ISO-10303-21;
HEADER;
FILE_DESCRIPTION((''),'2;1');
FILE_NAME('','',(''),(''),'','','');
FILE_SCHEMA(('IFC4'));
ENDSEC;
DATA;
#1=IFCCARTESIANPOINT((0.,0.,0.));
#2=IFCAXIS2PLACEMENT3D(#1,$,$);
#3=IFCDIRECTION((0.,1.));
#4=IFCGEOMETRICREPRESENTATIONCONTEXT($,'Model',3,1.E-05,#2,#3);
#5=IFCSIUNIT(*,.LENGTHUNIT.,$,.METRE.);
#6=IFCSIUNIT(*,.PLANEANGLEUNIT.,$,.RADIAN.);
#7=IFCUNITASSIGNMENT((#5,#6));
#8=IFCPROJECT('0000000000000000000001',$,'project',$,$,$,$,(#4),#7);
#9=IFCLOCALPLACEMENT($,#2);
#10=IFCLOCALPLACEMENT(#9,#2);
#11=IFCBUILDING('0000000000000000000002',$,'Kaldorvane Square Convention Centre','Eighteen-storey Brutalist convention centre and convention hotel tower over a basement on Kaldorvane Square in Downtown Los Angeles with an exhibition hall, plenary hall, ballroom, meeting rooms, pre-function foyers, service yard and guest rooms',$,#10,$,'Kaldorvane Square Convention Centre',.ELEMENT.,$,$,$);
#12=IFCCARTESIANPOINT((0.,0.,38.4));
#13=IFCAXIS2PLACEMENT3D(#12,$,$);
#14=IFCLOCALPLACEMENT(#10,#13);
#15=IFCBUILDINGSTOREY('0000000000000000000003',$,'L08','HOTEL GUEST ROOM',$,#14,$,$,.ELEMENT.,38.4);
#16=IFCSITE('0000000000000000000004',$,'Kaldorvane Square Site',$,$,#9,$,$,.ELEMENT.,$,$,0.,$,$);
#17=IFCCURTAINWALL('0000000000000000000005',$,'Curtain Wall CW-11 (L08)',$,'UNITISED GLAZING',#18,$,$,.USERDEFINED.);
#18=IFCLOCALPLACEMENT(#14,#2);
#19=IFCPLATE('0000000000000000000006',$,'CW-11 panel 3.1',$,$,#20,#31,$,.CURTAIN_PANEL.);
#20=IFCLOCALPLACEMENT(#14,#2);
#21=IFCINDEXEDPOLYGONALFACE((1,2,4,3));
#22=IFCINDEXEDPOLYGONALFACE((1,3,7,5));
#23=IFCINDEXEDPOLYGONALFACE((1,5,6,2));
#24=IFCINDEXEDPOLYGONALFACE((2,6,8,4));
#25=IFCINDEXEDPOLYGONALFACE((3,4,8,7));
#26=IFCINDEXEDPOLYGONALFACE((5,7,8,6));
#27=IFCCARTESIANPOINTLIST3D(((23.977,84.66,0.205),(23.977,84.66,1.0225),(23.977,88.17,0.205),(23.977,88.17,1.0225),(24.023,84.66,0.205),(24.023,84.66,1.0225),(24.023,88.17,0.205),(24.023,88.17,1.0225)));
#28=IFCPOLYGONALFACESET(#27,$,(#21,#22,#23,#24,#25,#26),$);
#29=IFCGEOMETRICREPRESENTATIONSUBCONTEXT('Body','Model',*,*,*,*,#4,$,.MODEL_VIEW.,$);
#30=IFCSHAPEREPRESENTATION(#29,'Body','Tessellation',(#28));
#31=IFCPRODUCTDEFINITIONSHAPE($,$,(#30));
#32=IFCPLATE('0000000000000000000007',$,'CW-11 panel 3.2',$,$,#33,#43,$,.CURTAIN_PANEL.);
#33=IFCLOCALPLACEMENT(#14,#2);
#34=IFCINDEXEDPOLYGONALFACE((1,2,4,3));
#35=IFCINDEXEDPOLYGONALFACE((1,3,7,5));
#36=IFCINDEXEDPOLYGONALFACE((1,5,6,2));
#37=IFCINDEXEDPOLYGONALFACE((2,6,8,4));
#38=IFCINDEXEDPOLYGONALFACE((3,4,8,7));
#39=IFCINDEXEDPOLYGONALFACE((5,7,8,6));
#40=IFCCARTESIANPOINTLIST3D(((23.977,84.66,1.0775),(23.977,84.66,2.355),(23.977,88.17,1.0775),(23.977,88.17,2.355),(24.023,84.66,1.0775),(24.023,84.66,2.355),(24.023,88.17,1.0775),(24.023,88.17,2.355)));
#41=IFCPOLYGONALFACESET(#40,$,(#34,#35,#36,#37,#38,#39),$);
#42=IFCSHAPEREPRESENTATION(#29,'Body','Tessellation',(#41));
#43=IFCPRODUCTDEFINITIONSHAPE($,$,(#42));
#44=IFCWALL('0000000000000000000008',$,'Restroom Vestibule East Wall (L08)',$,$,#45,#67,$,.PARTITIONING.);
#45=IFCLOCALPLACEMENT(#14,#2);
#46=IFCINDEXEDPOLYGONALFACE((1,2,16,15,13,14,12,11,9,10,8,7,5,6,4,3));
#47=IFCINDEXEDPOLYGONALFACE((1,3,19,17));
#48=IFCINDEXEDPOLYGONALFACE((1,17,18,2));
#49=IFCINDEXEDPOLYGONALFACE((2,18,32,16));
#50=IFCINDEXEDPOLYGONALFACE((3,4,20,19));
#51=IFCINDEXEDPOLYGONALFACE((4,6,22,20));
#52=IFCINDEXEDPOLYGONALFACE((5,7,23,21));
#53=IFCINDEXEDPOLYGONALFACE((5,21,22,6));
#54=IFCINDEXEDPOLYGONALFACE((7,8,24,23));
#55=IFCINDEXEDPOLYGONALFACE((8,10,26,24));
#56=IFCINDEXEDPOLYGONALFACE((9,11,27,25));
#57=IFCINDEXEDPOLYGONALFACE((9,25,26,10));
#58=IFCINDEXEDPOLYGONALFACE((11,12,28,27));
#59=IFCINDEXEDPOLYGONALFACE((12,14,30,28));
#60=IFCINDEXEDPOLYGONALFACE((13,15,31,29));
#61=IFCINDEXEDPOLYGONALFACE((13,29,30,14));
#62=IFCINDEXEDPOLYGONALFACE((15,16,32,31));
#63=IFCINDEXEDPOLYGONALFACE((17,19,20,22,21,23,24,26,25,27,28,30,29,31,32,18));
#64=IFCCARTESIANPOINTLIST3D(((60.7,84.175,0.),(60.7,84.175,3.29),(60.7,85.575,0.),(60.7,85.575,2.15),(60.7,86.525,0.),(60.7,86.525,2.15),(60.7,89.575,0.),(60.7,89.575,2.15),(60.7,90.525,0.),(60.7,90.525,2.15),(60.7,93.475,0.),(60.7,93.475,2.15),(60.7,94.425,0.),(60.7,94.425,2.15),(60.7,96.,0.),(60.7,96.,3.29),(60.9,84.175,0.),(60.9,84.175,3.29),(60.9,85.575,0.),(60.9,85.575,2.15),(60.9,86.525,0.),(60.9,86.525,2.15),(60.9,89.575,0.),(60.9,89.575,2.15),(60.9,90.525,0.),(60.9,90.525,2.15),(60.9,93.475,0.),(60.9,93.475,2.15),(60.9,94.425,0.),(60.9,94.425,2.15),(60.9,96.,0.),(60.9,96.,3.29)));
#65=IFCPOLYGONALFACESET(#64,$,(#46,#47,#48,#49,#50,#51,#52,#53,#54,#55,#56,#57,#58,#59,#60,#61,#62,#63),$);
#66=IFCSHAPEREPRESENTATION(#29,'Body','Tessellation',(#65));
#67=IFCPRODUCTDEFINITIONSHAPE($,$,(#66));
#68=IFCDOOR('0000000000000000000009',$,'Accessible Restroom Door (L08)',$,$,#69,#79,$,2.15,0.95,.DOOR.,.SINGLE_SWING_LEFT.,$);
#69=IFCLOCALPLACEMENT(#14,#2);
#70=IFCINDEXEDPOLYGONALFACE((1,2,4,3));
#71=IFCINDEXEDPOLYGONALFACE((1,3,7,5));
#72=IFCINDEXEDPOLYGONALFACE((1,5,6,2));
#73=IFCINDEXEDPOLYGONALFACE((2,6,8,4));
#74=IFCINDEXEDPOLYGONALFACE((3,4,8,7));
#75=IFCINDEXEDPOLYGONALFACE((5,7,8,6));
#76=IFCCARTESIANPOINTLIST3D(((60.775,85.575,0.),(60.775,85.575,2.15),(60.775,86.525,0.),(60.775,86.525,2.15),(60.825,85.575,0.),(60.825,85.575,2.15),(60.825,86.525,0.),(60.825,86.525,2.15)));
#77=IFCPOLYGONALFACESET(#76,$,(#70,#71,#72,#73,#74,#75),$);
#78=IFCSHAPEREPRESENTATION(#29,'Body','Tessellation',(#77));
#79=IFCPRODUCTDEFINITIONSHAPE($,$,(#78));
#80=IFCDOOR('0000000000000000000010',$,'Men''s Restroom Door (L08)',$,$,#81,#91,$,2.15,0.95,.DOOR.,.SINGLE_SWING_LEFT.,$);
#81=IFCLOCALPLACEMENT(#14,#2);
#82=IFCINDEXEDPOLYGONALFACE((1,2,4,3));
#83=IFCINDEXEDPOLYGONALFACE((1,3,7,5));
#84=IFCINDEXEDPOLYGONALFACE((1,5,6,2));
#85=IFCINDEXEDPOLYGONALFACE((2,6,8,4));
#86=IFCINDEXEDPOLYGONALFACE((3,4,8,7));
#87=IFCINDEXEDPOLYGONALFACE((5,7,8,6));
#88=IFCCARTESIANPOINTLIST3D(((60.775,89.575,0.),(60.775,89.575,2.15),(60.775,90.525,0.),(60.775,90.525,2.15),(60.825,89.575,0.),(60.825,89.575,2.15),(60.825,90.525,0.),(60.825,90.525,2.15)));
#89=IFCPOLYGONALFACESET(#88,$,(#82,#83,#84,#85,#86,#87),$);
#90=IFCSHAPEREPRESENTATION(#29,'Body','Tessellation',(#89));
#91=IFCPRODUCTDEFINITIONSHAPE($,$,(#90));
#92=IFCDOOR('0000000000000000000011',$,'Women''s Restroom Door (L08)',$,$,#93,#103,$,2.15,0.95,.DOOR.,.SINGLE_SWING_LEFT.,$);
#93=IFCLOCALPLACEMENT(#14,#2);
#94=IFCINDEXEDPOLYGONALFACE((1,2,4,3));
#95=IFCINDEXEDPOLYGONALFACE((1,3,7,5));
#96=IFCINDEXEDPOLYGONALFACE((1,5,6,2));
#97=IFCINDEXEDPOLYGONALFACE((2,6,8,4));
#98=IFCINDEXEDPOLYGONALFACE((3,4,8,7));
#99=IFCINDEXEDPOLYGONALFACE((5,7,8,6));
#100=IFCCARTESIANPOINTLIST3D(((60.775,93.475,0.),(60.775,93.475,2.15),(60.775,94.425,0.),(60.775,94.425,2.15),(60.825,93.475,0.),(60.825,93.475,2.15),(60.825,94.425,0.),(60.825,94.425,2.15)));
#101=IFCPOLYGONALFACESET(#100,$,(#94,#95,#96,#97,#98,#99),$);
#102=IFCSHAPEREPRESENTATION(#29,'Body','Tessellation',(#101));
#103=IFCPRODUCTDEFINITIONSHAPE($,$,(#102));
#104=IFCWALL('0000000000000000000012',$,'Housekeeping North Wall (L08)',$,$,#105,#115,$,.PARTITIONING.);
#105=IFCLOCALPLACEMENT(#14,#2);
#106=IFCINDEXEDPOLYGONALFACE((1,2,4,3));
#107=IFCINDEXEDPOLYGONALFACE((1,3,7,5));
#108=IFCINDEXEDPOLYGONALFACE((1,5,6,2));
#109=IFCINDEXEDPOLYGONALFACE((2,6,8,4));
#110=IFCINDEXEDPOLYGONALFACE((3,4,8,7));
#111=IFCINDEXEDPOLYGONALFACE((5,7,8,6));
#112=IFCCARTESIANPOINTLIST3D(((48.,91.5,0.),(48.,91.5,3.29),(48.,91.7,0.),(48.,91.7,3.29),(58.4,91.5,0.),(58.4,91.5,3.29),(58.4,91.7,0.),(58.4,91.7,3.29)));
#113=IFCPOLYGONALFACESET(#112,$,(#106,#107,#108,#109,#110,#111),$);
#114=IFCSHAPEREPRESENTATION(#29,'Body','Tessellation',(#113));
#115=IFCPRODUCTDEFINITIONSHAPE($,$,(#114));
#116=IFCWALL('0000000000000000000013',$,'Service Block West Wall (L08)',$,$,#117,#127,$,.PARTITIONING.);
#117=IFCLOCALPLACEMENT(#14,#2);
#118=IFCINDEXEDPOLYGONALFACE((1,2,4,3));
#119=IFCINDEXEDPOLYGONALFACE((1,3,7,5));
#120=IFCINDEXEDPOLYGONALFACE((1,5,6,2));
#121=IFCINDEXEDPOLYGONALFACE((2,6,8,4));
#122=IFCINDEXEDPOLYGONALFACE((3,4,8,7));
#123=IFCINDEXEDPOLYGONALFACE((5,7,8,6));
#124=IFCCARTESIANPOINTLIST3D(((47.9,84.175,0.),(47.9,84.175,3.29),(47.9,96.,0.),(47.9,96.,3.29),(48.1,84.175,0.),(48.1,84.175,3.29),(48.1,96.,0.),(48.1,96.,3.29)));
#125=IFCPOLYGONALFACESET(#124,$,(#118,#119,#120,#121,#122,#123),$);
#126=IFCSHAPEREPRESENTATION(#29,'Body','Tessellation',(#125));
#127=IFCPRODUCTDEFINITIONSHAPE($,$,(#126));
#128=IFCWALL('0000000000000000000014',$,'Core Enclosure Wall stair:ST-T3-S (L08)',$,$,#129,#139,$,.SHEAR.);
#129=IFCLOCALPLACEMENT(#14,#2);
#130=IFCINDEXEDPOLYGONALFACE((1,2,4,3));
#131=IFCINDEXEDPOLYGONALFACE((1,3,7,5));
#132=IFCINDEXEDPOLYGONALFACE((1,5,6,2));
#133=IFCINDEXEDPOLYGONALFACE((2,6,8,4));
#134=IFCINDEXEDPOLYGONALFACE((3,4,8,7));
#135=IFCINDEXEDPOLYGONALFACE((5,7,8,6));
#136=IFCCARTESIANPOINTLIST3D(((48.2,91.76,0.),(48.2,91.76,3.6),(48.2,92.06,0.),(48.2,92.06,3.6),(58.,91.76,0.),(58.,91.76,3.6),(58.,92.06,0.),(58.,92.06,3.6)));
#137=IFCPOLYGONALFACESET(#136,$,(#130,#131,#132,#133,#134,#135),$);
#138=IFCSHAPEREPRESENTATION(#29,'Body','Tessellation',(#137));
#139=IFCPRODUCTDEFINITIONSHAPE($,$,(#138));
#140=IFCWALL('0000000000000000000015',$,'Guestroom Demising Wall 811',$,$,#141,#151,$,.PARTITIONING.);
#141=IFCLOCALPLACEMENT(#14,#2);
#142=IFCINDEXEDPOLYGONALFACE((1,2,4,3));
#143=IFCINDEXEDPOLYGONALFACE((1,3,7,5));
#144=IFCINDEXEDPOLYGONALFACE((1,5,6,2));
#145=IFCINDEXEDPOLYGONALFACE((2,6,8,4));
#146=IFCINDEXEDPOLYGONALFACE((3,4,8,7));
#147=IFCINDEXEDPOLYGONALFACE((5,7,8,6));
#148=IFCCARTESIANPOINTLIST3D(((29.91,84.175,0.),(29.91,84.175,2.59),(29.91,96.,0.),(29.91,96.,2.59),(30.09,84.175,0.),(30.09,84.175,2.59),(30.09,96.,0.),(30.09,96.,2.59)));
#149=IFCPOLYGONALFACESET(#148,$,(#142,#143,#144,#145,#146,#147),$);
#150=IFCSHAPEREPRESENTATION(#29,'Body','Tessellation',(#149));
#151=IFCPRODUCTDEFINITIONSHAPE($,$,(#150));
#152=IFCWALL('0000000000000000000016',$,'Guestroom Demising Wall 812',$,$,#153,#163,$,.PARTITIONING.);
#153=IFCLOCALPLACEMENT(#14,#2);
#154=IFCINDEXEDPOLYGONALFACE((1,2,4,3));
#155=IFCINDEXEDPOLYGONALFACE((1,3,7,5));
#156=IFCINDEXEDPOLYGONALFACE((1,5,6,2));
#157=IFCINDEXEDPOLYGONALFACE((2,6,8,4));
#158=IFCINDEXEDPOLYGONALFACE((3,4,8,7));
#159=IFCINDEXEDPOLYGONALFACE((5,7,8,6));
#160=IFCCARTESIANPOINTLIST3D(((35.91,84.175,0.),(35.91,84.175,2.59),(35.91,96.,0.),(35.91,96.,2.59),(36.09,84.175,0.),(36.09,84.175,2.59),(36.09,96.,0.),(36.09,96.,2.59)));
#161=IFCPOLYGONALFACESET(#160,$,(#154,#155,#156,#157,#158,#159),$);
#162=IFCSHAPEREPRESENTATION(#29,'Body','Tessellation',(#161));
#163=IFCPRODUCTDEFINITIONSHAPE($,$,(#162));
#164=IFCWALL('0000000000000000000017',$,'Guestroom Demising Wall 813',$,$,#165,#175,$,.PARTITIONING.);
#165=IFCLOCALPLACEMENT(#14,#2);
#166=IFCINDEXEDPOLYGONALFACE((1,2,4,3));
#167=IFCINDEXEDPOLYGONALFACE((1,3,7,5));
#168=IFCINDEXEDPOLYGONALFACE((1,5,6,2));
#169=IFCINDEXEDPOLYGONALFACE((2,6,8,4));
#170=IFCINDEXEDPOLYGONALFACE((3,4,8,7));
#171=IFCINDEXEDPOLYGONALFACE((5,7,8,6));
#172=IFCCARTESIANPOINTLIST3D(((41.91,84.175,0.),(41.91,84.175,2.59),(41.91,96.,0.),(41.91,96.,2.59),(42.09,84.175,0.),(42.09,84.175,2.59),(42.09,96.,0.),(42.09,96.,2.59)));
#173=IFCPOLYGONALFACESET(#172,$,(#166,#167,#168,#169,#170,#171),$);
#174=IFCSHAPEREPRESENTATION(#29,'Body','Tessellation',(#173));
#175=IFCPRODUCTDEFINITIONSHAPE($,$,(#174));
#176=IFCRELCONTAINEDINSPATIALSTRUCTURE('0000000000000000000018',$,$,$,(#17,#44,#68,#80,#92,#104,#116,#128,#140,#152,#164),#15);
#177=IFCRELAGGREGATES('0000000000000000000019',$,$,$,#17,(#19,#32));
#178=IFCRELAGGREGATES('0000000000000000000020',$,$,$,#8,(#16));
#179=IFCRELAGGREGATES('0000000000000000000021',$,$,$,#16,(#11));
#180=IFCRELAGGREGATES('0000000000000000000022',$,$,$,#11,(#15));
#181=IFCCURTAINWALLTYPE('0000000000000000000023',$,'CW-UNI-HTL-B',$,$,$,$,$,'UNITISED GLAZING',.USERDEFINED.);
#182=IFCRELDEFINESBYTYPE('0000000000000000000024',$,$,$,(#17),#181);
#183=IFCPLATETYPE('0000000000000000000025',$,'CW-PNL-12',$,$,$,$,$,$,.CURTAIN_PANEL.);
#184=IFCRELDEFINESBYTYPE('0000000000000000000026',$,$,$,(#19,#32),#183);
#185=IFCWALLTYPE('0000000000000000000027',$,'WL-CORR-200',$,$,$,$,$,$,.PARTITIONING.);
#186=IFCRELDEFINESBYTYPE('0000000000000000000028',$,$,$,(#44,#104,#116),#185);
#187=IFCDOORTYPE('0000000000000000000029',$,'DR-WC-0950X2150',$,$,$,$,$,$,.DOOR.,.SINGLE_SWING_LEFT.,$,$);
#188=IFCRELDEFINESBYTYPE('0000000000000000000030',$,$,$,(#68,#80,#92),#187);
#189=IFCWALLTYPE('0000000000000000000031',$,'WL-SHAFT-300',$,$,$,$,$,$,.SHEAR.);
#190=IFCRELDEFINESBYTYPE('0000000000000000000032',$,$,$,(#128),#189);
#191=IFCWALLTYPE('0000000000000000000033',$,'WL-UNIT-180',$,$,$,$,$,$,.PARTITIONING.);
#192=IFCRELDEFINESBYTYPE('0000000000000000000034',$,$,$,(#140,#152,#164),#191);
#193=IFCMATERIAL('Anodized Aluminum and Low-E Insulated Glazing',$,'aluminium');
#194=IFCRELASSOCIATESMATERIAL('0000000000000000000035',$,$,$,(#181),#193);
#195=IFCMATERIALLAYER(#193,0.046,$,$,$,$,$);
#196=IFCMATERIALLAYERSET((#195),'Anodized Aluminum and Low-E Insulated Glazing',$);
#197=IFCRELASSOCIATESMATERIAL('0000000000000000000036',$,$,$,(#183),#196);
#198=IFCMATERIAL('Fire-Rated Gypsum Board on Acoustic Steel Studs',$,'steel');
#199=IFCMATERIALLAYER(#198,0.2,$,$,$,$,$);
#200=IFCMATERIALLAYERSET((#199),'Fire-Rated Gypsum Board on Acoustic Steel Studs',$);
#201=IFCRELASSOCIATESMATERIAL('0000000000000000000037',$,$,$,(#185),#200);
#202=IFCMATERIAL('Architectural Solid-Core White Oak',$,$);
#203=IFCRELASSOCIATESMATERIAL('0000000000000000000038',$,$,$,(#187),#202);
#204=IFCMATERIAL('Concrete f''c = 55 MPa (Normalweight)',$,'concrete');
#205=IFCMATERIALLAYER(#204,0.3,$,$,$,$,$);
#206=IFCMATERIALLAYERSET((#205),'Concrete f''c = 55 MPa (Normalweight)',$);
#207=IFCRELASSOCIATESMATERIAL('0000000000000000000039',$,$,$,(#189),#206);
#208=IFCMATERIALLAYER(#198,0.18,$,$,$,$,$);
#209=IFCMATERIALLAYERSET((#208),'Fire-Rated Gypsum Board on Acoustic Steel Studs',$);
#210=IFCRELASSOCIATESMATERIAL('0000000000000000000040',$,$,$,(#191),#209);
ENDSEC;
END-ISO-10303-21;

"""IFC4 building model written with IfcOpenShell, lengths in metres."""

from ifc_helpers import new_model, si_unit, direction, frame, frame_2d, origin, origin_2d, place, context, subcontext, project, spatial, rectangle, extrude, material, layer, layer_set, type_object, element, fill, aggregate, save


model = new_model("IFC4")

# Units and contexts
model_context = context("Model", 3, precision=1e-05, world=origin(), true_north=direction((0.0, 1.0)))
body_context = subcontext(model_context, "Body", "Model", "MODEL_VIEW")
ifc_project = project(units=[si_unit("LENGTHUNIT", "METRE"), si_unit("PLANEANGLEUNIT", "RADIAN")], contexts=[model_context])

# Site, building, storey
site_placement = place(None, origin())
site = spatial("IfcSite", under=ifc_project, at=site_placement, Name="Kaldorvane Square Site", CompositionType="ELEMENT", RefElevation=0.0)
building_placement = place(site_placement, origin())
building = spatial("IfcBuilding", under=site, at=building_placement, Name="Kaldorvane Square Convention Centre", Description="Eighteen-storey Brutalist convention centre and convention hotel tower over a basement on Kaldorvane Square in Downtown Los Angeles with an exhibition hall, plenary hall, ballroom, meeting rooms, pre-function foyers, service yard and guest rooms", LongName="Kaldorvane Square Convention Centre", CompositionType="ELEMENT")
storey_placement = place(building_placement, frame((0.0, 0.0, 38.4)))
storey = spatial("IfcBuildingStorey", under=building, at=storey_placement, Name="L08", Description="HOTEL GUEST ROOM", CompositionType="ELEMENT", Elevation=38.4)

# Curtain wall, plates
ifc_material_1 = material(Name="Anodized Aluminum and Low-E Insulated Glazing", Category="aluminium")
curtain_wall_type = type_object("IfcCurtainWallType", Name="CW-UNI-HTL-B", ElementType="UNITISED GLAZING", PredefinedType="USERDEFINED", material=ifc_material_1)
curtain_wall_placement = place(storey_placement, origin())
curtain_wall = element("IfcCurtainWall", 1, at=curtain_wall_placement, inside=storey, type_object=curtain_wall_type, Name="Curtain Wall CW-11 (L08)", ObjectType="UNITISED GLAZING", PredefinedType="USERDEFINED")
ifc_layer_1 = layer(ifc_material_1, 0.046)
ifc_layer_set_1 = layer_set([ifc_layer_1], Name="Anodized Aluminum and Low-E Insulated Glazing")
plate_type = type_object("IfcPlateType", Name="CW-PNL-12", PredefinedType="CURTAIN_PANEL", material=ifc_layer_set_1)
plate_1_placement = place(storey_placement, frame((24.0, 86.415, 0.205), z_axis=(0.0, 0.0, 1.0), x_axis=(0.0, -1.0, 0.0)))
plate_1 = element("IfcPlate", 2, at=plate_1_placement, type_object=plate_type, Name="CW-11 panel 3.1", PredefinedType="CURTAIN_PANEL", context=body_context, shape_type="SweptSolid", body=[
    extrude(rectangle(XDim=3.51, YDim=0.046, at=origin_2d()), origin(), (0.0, 0.0, 1.0), 0.8175),
])
plate_2_placement = place(storey_placement, frame((24.0, 86.415, 1.0775), z_axis=(0.0, 0.0, 1.0), x_axis=(0.0, -1.0, 0.0)))
plate_2 = element("IfcPlate", 3, at=plate_2_placement, type_object=plate_type, Name="CW-11 panel 3.2", PredefinedType="CURTAIN_PANEL", context=body_context, shape_type="SweptSolid", body=[
    extrude(rectangle(XDim=3.51, YDim=0.046, at=origin_2d()), origin(), (0.0, 0.0, 1.0), 1.2775),
])
aggregate(curtain_wall, [plate_1, plate_2])

# Wall, openings, doors
ifc_material_2 = material(Name="Fire-Rated Gypsum Board on Acoustic Steel Studs", Category="steel")
ifc_layer_2 = layer(ifc_material_2, 0.2)
ifc_layer_set_2 = layer_set([ifc_layer_2], Name="Fire-Rated Gypsum Board on Acoustic Steel Studs")
wall_type_1 = type_object("IfcWallType", Name="WL-CORR-200", PredefinedType="PARTITIONING", material=ifc_layer_set_2)
wall_1_placement = place(storey_placement, frame((60.8, 84.175, 0.0), z_axis=(0.0, 0.0, 1.0), x_axis=(0.0, 1.0, 0.0)))
wall_1 = element("IfcWall", 4, at=wall_1_placement, inside=storey, type_object=wall_type_1, Name="Restroom Vestibule East Wall (L08)", PredefinedType="PARTITIONING", context=body_context, shape_type="SweptSolid", body=[
    extrude(rectangle(XDim=11.825, YDim=0.2, at=frame_2d((5.9125, 0.0))), origin(), (0.0, 0.0, 1.0), 3.29),
])
opening_1_placement = place(wall_1_placement, frame((1.4, 0.0, 0.0)))
opening_1 = element("IfcOpeningElement", 5, at=opening_1_placement, cuts=wall_1, PredefinedType="OPENING", context=body_context, shape_type="SweptSolid", body=[
    extrude(rectangle(XDim=0.95, YDim=2.15, at=frame_2d((0.475, 1.075))), frame((0.0, 0.115, 0.0), z_axis=(0.0, -1.0, 0.0), x_axis=(1.0, 0.0, 0.0)), (0.0, 0.0, 1.0), 0.23),
])
opening_2_placement = place(wall_1_placement, frame((5.4, 0.0, 0.0)))
opening_2 = element("IfcOpeningElement", 6, at=opening_2_placement, cuts=wall_1, PredefinedType="OPENING", context=body_context, shape_type="SweptSolid", body=[
    extrude(rectangle(XDim=0.95, YDim=2.15, at=frame_2d((0.475, 1.075))), frame((0.0, 0.115, 0.0), z_axis=(0.0, -1.0, 0.0), x_axis=(1.0, 0.0, 0.0)), (0.0, 0.0, 1.0), 0.23),
])
opening_3_placement = place(wall_1_placement, frame((9.3, 0.0, 0.0)))
opening_3 = element("IfcOpeningElement", 7, at=opening_3_placement, cuts=wall_1, PredefinedType="OPENING", context=body_context, shape_type="SweptSolid", body=[
    extrude(rectangle(XDim=0.95, YDim=2.15, at=frame_2d((0.475, 1.075))), frame((0.0, 0.115, 0.0), z_axis=(0.0, -1.0, 0.0), x_axis=(1.0, 0.0, 0.0)), (0.0, 0.0, 1.0), 0.23),
])
ifc_material_3 = material(Name="Architectural Solid-Core White Oak")
door_type = type_object("IfcDoorType", Name="DR-WC-0950X2150", OperationType="SINGLE_SWING_LEFT", PredefinedType="DOOR", material=ifc_material_3)
door_1_placement = place(opening_1_placement, origin())
door_1 = element("IfcDoor", 8, at=door_1_placement, inside=storey, type_object=door_type, Name="Accessible Restroom Door (L08)", OperationType="SINGLE_SWING_LEFT", OverallHeight=2.15, OverallWidth=0.95, PredefinedType="DOOR", context=body_context, shape_type="SweptSolid", body=[
    extrude(rectangle(XDim=0.95, YDim=2.15, at=frame_2d((0.475, 1.075))), frame((0.0, 0.025, 0.0), z_axis=(0.0, -1.0, 0.0), x_axis=(1.0, 0.0, 0.0)), (0.0, 0.0, 1.0), 0.05),
])
fill(opening_1, door_1)
door_2_placement = place(opening_2_placement, origin())
door_2 = element("IfcDoor", 9, at=door_2_placement, inside=storey, type_object=door_type, Name="Men's Restroom Door (L08)", OperationType="SINGLE_SWING_LEFT", OverallHeight=2.15, OverallWidth=0.95, PredefinedType="DOOR", context=body_context, shape_type="SweptSolid", body=[
    extrude(rectangle(XDim=0.95, YDim=2.15, at=frame_2d((0.475, 1.075))), frame((0.0, 0.025, 0.0), z_axis=(0.0, -1.0, 0.0), x_axis=(1.0, 0.0, 0.0)), (0.0, 0.0, 1.0), 0.05),
])
fill(opening_2, door_2)
door_3_placement = place(opening_3_placement, origin())
door_3 = element("IfcDoor", 10, at=door_3_placement, inside=storey, type_object=door_type, Name="Women's Restroom Door (L08)", OperationType="SINGLE_SWING_LEFT", OverallHeight=2.15, OverallWidth=0.95, PredefinedType="DOOR", context=body_context, shape_type="SweptSolid", body=[
    extrude(rectangle(XDim=0.95, YDim=2.15, at=frame_2d((0.475, 1.075))), frame((0.0, 0.025, 0.0), z_axis=(0.0, -1.0, 0.0), x_axis=(1.0, 0.0, 0.0)), (0.0, 0.0, 1.0), 0.05),
])
fill(opening_3, door_3)

# Walls
wall_2_placement = place(storey_placement, frame((48.0, 91.6, 0.0), z_axis=(0.0, 0.0, 1.0), x_axis=(1.0, 0.0, 0.0)))
element("IfcWall", 11, at=wall_2_placement, inside=storey, type_object=wall_type_1, Name="Housekeeping North Wall (L08)", PredefinedType="PARTITIONING", context=body_context, shape_type="SweptSolid", body=[
    extrude(rectangle(XDim=10.4, YDim=0.2, at=frame_2d((5.2, 0.0))), origin(), (0.0, 0.0, 1.0), 3.29),
])
wall_3_placement = place(storey_placement, frame((48.0, 84.175, 0.0), z_axis=(0.0, 0.0, 1.0), x_axis=(0.0, 1.0, 0.0)))
element("IfcWall", 12, at=wall_3_placement, inside=storey, type_object=wall_type_1, Name="Service Block West Wall (L08)", PredefinedType="PARTITIONING", context=body_context, shape_type="SweptSolid", body=[
    extrude(rectangle(XDim=11.825, YDim=0.2, at=frame_2d((5.9125, 0.0))), origin(), (0.0, 0.0, 1.0), 3.29),
])
ifc_material_4 = material(Name="Concrete f'c = 55 MPa (Normalweight)", Category="concrete")
ifc_layer_3 = layer(ifc_material_4, 0.3)
ifc_layer_set_3 = layer_set([ifc_layer_3], Name="Concrete f'c = 55 MPa (Normalweight)")
wall_type_2 = type_object("IfcWallType", Name="WL-SHAFT-300", PredefinedType="SHEAR", material=ifc_layer_set_3)
wall_4_placement = place(storey_placement, frame((48.2, 91.91, 0.0), z_axis=(0.0, 0.0, 1.0), x_axis=(1.0, 0.0, 0.0)))
element("IfcWall", 13, at=wall_4_placement, inside=storey, type_object=wall_type_2, Name="Core Enclosure Wall stair:ST-T3-S (L08)", PredefinedType="SHEAR", context=body_context, shape_type="SweptSolid", body=[
    extrude(rectangle(XDim=9.8, YDim=0.3, at=frame_2d((4.9, 0.0))), origin(), (0.0, 0.0, 1.0), 3.6),
])
ifc_layer_4 = layer(ifc_material_2, 0.18)
ifc_layer_set_4 = layer_set([ifc_layer_4], Name="Fire-Rated Gypsum Board on Acoustic Steel Studs")
wall_type_3 = type_object("IfcWallType", Name="WL-UNIT-180", PredefinedType="PARTITIONING", material=ifc_layer_set_4)
for number, where, z_axis, x_axis, name in (
    (14, (30.0, 84.175, 0.0), (0.0, 0.0, 1.0), (0.0, 1.0, 0.0), "Guestroom Demising Wall 811"),
    (15, (36.0, 84.175, 0.0), (0.0, 0.0, 1.0), (0.0, 1.0, 0.0), "Guestroom Demising Wall 812"),
    (16, (42.0, 84.175, 0.0), (0.0, 0.0, 1.0), (0.0, 1.0, 0.0), "Guestroom Demising Wall 813"),
):
    element("IfcWall", number, at=place(storey_placement, frame(where, z_axis=z_axis, x_axis=x_axis)), inside=storey, type_object=wall_type_3, Name=name, PredefinedType="PARTITIONING", context=body_context, shape_type="SweptSolid", body=[
        extrude(rectangle(XDim=11.825, YDim=0.18, at=frame_2d((5.9125, 0.0))), origin(), (0.0, 0.0, 1.0), 2.59),
    ])

save(model, "model.ifc")
